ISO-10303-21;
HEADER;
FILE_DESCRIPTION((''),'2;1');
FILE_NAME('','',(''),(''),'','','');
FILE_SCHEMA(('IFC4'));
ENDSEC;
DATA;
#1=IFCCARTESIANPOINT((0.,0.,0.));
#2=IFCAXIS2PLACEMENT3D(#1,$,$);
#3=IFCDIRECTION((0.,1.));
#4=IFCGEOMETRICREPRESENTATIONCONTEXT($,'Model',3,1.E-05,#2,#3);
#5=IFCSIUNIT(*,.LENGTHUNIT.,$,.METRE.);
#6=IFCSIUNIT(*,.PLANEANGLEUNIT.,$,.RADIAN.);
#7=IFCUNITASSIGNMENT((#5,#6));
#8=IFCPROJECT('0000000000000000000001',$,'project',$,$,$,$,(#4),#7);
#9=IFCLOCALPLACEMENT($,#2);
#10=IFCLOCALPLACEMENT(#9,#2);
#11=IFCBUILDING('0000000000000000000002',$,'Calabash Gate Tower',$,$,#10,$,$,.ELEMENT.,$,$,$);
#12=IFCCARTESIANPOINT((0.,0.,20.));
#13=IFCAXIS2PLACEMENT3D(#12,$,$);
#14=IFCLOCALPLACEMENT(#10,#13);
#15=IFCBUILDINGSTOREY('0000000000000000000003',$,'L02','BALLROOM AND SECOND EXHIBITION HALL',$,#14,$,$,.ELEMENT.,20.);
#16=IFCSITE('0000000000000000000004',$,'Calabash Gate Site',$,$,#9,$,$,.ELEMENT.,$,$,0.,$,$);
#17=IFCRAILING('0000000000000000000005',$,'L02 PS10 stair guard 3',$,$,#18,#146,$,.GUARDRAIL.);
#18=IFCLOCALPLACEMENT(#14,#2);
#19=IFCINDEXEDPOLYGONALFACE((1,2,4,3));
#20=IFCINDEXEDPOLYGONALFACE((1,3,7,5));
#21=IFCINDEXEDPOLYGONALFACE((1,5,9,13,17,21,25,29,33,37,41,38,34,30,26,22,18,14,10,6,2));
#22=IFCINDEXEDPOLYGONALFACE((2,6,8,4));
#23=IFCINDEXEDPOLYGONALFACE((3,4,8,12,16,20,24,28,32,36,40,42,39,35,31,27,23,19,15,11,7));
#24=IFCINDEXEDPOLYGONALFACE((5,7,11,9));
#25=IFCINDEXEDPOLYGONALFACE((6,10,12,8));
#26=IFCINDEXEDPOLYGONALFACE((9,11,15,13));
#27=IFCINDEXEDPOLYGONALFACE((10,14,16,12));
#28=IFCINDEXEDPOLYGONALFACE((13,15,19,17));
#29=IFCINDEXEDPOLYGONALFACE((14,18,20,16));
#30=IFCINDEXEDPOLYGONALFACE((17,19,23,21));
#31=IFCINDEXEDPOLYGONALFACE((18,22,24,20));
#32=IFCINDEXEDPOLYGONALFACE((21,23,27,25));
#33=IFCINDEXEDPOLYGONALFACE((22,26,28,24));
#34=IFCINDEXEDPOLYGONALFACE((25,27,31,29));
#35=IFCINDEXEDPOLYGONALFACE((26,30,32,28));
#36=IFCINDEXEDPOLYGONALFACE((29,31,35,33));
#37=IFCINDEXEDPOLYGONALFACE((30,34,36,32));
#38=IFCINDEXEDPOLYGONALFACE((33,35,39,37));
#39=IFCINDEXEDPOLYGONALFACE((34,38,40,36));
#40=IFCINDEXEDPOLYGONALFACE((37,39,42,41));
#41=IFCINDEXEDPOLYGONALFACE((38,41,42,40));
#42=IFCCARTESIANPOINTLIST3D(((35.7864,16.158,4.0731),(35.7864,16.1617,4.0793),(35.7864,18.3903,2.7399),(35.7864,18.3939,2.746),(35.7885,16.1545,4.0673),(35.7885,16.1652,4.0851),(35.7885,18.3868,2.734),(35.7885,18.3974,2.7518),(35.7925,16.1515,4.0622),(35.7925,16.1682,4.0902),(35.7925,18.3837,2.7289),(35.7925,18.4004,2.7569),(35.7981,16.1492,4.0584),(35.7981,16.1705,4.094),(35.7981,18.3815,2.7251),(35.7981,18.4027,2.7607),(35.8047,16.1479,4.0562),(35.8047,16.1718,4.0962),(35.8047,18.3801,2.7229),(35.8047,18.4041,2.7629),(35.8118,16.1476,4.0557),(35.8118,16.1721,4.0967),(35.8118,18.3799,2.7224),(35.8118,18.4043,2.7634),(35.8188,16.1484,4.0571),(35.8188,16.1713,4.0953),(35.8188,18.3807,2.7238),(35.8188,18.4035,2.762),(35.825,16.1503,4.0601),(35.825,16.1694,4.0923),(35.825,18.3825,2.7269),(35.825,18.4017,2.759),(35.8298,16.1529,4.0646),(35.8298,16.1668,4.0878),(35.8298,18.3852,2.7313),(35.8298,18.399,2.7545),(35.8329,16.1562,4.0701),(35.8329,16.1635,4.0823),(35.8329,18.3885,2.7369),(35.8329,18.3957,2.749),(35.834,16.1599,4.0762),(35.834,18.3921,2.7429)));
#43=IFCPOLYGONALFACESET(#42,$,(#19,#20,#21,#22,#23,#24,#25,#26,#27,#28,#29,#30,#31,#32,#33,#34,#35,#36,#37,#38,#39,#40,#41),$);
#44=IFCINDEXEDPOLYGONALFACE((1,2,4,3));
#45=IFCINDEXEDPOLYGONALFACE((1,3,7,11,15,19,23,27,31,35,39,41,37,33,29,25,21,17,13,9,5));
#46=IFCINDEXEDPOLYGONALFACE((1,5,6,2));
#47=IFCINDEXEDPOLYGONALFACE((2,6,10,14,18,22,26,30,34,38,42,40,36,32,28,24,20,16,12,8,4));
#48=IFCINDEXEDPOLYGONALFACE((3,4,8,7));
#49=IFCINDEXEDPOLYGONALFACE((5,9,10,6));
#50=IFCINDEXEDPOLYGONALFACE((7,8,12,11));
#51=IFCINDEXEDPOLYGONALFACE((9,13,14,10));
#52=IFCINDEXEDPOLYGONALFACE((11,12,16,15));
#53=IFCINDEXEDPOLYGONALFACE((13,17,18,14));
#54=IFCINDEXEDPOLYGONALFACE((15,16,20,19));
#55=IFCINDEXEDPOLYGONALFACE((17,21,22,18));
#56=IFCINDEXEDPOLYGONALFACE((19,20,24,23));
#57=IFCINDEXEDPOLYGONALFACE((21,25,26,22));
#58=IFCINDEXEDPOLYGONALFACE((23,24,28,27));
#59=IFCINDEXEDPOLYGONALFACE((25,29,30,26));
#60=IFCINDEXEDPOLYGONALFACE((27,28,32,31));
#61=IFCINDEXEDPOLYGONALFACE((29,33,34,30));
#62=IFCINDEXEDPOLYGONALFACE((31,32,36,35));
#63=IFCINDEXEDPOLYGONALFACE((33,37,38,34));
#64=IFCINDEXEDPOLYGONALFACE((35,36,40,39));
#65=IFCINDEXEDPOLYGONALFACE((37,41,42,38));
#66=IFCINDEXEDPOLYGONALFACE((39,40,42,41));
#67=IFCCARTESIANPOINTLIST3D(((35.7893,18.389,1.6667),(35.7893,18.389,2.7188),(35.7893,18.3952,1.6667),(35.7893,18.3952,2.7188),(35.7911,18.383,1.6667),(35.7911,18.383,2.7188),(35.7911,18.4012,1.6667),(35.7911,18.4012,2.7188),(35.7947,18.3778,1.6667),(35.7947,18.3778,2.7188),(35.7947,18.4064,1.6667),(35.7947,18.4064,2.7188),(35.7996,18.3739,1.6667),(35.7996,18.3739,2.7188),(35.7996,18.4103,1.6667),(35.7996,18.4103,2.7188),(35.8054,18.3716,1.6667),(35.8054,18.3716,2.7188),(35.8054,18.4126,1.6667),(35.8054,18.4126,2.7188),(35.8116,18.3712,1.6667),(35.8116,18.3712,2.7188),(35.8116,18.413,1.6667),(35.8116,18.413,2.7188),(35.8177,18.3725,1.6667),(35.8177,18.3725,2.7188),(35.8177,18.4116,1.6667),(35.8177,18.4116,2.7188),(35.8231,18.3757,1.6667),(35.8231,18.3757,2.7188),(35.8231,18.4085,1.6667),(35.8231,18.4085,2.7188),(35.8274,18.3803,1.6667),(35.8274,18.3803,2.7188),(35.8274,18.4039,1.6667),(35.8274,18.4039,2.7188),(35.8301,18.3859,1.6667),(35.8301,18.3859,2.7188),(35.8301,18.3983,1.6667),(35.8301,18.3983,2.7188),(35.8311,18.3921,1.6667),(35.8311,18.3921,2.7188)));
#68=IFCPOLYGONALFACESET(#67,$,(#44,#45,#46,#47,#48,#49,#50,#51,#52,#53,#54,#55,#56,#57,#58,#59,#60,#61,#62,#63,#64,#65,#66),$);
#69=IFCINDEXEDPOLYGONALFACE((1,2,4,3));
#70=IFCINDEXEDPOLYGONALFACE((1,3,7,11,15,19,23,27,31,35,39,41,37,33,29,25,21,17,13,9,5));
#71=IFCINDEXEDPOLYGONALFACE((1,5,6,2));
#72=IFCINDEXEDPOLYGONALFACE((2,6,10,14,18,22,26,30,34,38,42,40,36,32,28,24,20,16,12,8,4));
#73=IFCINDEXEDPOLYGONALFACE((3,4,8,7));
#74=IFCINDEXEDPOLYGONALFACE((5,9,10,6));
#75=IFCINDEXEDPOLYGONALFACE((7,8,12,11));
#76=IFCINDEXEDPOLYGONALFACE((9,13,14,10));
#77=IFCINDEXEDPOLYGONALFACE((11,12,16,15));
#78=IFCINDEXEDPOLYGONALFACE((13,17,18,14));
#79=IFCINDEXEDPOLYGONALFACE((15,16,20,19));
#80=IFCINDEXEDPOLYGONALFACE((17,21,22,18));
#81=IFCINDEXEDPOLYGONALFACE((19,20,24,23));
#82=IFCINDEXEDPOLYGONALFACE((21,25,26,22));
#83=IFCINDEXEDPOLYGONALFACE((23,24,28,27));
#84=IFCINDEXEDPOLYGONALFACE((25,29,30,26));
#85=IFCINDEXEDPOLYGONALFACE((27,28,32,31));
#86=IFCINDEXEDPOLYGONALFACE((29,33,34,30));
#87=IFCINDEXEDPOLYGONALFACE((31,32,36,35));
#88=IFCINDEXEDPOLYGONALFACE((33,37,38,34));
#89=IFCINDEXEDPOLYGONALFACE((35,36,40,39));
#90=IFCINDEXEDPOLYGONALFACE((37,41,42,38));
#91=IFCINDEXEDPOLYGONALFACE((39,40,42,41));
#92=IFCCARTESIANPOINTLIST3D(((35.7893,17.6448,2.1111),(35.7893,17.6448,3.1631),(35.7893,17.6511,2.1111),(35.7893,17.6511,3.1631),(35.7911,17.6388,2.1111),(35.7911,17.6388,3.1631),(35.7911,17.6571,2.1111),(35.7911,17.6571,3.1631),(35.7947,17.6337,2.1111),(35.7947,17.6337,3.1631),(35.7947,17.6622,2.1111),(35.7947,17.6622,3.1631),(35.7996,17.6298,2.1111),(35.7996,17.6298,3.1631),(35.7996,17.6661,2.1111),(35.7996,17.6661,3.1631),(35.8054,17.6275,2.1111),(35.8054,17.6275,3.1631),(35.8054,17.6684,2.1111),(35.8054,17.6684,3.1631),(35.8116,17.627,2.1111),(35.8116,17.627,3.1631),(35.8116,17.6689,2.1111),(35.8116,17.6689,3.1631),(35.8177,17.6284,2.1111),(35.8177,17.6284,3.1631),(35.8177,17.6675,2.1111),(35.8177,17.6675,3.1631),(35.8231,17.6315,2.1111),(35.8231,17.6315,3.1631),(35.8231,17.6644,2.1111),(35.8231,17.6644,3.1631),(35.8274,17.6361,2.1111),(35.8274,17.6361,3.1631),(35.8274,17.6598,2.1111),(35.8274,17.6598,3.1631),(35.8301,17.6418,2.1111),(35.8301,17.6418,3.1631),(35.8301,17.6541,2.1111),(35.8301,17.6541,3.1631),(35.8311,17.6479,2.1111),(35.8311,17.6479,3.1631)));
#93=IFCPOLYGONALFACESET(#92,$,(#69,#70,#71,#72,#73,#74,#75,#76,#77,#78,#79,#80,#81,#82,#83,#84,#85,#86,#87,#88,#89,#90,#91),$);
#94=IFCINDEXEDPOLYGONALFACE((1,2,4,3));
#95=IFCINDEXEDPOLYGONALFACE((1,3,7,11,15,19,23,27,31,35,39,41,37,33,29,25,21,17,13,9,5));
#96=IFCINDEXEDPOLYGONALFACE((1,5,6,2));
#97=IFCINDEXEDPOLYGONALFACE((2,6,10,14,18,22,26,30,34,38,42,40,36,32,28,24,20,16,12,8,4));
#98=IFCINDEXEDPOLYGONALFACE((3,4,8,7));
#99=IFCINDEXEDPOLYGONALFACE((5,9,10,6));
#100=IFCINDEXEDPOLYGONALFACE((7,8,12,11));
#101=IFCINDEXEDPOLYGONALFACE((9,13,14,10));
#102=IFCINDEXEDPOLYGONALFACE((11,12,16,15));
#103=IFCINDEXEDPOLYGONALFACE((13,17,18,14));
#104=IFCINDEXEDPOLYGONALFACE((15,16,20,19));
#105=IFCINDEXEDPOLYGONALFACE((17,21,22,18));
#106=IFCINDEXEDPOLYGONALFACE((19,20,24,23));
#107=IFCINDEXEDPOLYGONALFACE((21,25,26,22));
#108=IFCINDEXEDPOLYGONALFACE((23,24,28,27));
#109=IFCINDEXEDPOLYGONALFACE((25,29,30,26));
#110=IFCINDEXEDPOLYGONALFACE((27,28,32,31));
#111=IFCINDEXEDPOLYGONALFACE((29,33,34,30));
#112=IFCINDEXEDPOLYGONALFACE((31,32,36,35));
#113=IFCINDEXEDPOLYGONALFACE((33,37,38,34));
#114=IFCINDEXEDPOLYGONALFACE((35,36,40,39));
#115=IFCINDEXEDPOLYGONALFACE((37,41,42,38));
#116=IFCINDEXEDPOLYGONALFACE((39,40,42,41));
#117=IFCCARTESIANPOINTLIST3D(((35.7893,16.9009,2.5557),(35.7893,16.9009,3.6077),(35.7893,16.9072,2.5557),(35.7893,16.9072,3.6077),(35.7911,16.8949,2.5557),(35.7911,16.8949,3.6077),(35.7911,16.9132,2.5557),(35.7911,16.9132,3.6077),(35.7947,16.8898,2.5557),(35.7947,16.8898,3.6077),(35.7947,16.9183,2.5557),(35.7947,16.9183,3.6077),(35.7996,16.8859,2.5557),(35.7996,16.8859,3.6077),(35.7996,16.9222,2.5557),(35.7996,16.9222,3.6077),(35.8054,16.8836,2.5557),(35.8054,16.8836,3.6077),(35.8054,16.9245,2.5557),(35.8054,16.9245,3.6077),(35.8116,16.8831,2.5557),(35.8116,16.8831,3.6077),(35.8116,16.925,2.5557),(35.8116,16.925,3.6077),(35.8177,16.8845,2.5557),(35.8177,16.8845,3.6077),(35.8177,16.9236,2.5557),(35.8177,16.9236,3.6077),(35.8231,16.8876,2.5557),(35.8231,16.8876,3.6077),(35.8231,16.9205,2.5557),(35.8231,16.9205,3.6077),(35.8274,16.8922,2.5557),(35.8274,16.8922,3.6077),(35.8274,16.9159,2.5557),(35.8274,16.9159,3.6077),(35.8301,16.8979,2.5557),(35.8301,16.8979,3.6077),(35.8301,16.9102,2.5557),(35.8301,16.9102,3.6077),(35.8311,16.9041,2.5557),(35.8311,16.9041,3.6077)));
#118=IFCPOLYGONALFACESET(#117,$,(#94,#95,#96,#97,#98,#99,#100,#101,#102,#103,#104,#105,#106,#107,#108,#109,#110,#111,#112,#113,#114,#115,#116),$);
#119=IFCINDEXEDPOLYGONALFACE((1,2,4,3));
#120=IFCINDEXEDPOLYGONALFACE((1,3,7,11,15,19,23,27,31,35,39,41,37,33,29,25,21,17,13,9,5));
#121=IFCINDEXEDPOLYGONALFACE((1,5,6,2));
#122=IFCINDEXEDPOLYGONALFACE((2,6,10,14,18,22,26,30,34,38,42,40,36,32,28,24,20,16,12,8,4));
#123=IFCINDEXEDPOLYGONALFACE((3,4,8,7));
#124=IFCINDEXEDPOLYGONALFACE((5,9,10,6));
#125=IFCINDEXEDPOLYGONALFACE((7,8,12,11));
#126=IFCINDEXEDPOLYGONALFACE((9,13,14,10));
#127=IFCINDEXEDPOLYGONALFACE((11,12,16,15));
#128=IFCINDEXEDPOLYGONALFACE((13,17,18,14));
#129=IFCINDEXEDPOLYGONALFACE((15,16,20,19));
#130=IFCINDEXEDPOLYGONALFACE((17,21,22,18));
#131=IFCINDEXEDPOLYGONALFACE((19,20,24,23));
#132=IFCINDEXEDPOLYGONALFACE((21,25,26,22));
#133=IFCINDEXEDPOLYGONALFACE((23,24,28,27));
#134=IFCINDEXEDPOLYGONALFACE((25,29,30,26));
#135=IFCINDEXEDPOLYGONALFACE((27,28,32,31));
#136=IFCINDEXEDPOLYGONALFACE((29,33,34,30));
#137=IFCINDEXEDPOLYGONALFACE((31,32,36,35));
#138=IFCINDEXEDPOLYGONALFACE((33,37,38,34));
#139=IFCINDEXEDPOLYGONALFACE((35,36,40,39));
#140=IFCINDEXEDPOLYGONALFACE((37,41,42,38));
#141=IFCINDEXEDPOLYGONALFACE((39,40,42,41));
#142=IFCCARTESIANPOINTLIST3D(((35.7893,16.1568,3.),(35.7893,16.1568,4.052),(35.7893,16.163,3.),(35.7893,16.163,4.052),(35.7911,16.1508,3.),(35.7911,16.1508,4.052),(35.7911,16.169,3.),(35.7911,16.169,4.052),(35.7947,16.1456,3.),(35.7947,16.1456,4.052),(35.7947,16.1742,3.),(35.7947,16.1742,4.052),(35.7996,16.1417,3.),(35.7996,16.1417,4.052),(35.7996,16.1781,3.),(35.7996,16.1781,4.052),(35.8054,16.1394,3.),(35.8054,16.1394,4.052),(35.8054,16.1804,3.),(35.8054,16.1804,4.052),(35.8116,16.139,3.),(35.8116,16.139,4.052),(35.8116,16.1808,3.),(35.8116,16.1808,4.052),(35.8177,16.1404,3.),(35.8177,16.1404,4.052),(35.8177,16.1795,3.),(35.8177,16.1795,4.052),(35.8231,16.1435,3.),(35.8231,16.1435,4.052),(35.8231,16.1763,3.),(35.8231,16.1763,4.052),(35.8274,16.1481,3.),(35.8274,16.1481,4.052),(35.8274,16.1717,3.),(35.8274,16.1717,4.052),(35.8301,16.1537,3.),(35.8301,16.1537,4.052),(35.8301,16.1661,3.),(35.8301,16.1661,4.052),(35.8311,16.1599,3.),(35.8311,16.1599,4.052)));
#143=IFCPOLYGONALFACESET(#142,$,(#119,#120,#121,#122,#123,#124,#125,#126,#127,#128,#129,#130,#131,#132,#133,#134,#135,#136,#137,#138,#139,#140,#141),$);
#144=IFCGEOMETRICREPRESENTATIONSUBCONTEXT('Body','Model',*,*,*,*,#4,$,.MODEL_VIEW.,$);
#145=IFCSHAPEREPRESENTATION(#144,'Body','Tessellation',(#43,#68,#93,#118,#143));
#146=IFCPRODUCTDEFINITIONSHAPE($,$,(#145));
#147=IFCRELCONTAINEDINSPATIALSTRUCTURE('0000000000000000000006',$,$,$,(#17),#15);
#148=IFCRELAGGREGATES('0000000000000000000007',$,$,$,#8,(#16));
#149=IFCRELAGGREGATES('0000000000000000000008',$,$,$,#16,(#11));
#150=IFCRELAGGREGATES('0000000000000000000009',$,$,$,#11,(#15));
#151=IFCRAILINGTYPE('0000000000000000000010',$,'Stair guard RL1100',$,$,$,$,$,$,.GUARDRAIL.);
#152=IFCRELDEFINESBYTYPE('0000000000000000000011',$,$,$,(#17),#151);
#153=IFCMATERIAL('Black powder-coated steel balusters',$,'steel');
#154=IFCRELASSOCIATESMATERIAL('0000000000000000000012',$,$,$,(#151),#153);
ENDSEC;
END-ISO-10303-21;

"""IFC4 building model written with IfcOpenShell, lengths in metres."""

from ifc_helpers import new_model, si_unit, direction, frame, origin, origin_2d, place, context, subcontext, project, spatial, circle, extrude, material, type_object, element, save


model = new_model("IFC4")

# Units and contexts
model_context = context("Model", 3, precision=1e-05, world=origin(), true_north=direction((0.0, 1.0)))
body_context = subcontext(model_context, "Body", "Model", "MODEL_VIEW")
ifc_project = project(units=[si_unit("LENGTHUNIT", "METRE"), si_unit("PLANEANGLEUNIT", "RADIAN")], contexts=[model_context])

# Site, building, storey
site_placement = place(None, origin())
site = spatial("IfcSite", under=ifc_project, at=site_placement, Name="Calabash Gate Site", CompositionType="ELEMENT", RefElevation=0.0)
building_placement = place(site_placement, origin())
building = spatial("IfcBuilding", under=site, at=building_placement, Name="Calabash Gate Tower", CompositionType="ELEMENT")
storey_placement = place(building_placement, frame((0.0, 0.0, 20.0)))
storey = spatial("IfcBuildingStorey", under=building, at=storey_placement, Name="L02", Description="BALLROOM AND SECOND EXHIBITION HALL", CompositionType="ELEMENT", Elevation=20.0)

# Railing
ifc_material_1 = material(Name="Black powder-coated steel balusters", Category="steel")
railing_type_1 = type_object("IfcRailingType", Name="Stair guard RL1100", PredefinedType="GUARDRAIL", material=ifc_material_1)
railing_1_placement = place(storey_placement, frame((35.8101, 18.3921, 1.6667)))
element("IfcRailing", 1, at=railing_1_placement, inside=storey, type_object=railing_type_1, Name="L02 PS10 stair guard 3", PredefinedType="GUARDRAIL", context=body_context, shape_type="SweptSolid", body=[
    extrude(circle(Radius=0.0239, at=origin_2d()), frame((0.0, 0.0, 1.0762), z_axis=(0.0, -0.858519, 0.512782), x_axis=(1.0, 0.0, 0.0)), (0.0, 0.0, 1.0), 2.6001),
    extrude(circle(Radius=0.021, at=origin_2d()), origin(), (0.0, 0.0, 1.0), 1.052),
    extrude(circle(Radius=0.021, at=origin_2d()), frame((0.0, -0.7441, 0.4443)), (0.0, 0.0, 1.0), 1.052),
    extrude(circle(Radius=0.021, at=origin_2d()), frame((0.0, -1.488, 0.8889)), (0.0, 0.0, 1.0), 1.052),
    extrude(circle(Radius=0.021, at=origin_2d()), frame((0.0, -2.2322, 1.3333)), (0.0, 0.0, 1.0), 1.052),
])

save(model, "model.ifc")
